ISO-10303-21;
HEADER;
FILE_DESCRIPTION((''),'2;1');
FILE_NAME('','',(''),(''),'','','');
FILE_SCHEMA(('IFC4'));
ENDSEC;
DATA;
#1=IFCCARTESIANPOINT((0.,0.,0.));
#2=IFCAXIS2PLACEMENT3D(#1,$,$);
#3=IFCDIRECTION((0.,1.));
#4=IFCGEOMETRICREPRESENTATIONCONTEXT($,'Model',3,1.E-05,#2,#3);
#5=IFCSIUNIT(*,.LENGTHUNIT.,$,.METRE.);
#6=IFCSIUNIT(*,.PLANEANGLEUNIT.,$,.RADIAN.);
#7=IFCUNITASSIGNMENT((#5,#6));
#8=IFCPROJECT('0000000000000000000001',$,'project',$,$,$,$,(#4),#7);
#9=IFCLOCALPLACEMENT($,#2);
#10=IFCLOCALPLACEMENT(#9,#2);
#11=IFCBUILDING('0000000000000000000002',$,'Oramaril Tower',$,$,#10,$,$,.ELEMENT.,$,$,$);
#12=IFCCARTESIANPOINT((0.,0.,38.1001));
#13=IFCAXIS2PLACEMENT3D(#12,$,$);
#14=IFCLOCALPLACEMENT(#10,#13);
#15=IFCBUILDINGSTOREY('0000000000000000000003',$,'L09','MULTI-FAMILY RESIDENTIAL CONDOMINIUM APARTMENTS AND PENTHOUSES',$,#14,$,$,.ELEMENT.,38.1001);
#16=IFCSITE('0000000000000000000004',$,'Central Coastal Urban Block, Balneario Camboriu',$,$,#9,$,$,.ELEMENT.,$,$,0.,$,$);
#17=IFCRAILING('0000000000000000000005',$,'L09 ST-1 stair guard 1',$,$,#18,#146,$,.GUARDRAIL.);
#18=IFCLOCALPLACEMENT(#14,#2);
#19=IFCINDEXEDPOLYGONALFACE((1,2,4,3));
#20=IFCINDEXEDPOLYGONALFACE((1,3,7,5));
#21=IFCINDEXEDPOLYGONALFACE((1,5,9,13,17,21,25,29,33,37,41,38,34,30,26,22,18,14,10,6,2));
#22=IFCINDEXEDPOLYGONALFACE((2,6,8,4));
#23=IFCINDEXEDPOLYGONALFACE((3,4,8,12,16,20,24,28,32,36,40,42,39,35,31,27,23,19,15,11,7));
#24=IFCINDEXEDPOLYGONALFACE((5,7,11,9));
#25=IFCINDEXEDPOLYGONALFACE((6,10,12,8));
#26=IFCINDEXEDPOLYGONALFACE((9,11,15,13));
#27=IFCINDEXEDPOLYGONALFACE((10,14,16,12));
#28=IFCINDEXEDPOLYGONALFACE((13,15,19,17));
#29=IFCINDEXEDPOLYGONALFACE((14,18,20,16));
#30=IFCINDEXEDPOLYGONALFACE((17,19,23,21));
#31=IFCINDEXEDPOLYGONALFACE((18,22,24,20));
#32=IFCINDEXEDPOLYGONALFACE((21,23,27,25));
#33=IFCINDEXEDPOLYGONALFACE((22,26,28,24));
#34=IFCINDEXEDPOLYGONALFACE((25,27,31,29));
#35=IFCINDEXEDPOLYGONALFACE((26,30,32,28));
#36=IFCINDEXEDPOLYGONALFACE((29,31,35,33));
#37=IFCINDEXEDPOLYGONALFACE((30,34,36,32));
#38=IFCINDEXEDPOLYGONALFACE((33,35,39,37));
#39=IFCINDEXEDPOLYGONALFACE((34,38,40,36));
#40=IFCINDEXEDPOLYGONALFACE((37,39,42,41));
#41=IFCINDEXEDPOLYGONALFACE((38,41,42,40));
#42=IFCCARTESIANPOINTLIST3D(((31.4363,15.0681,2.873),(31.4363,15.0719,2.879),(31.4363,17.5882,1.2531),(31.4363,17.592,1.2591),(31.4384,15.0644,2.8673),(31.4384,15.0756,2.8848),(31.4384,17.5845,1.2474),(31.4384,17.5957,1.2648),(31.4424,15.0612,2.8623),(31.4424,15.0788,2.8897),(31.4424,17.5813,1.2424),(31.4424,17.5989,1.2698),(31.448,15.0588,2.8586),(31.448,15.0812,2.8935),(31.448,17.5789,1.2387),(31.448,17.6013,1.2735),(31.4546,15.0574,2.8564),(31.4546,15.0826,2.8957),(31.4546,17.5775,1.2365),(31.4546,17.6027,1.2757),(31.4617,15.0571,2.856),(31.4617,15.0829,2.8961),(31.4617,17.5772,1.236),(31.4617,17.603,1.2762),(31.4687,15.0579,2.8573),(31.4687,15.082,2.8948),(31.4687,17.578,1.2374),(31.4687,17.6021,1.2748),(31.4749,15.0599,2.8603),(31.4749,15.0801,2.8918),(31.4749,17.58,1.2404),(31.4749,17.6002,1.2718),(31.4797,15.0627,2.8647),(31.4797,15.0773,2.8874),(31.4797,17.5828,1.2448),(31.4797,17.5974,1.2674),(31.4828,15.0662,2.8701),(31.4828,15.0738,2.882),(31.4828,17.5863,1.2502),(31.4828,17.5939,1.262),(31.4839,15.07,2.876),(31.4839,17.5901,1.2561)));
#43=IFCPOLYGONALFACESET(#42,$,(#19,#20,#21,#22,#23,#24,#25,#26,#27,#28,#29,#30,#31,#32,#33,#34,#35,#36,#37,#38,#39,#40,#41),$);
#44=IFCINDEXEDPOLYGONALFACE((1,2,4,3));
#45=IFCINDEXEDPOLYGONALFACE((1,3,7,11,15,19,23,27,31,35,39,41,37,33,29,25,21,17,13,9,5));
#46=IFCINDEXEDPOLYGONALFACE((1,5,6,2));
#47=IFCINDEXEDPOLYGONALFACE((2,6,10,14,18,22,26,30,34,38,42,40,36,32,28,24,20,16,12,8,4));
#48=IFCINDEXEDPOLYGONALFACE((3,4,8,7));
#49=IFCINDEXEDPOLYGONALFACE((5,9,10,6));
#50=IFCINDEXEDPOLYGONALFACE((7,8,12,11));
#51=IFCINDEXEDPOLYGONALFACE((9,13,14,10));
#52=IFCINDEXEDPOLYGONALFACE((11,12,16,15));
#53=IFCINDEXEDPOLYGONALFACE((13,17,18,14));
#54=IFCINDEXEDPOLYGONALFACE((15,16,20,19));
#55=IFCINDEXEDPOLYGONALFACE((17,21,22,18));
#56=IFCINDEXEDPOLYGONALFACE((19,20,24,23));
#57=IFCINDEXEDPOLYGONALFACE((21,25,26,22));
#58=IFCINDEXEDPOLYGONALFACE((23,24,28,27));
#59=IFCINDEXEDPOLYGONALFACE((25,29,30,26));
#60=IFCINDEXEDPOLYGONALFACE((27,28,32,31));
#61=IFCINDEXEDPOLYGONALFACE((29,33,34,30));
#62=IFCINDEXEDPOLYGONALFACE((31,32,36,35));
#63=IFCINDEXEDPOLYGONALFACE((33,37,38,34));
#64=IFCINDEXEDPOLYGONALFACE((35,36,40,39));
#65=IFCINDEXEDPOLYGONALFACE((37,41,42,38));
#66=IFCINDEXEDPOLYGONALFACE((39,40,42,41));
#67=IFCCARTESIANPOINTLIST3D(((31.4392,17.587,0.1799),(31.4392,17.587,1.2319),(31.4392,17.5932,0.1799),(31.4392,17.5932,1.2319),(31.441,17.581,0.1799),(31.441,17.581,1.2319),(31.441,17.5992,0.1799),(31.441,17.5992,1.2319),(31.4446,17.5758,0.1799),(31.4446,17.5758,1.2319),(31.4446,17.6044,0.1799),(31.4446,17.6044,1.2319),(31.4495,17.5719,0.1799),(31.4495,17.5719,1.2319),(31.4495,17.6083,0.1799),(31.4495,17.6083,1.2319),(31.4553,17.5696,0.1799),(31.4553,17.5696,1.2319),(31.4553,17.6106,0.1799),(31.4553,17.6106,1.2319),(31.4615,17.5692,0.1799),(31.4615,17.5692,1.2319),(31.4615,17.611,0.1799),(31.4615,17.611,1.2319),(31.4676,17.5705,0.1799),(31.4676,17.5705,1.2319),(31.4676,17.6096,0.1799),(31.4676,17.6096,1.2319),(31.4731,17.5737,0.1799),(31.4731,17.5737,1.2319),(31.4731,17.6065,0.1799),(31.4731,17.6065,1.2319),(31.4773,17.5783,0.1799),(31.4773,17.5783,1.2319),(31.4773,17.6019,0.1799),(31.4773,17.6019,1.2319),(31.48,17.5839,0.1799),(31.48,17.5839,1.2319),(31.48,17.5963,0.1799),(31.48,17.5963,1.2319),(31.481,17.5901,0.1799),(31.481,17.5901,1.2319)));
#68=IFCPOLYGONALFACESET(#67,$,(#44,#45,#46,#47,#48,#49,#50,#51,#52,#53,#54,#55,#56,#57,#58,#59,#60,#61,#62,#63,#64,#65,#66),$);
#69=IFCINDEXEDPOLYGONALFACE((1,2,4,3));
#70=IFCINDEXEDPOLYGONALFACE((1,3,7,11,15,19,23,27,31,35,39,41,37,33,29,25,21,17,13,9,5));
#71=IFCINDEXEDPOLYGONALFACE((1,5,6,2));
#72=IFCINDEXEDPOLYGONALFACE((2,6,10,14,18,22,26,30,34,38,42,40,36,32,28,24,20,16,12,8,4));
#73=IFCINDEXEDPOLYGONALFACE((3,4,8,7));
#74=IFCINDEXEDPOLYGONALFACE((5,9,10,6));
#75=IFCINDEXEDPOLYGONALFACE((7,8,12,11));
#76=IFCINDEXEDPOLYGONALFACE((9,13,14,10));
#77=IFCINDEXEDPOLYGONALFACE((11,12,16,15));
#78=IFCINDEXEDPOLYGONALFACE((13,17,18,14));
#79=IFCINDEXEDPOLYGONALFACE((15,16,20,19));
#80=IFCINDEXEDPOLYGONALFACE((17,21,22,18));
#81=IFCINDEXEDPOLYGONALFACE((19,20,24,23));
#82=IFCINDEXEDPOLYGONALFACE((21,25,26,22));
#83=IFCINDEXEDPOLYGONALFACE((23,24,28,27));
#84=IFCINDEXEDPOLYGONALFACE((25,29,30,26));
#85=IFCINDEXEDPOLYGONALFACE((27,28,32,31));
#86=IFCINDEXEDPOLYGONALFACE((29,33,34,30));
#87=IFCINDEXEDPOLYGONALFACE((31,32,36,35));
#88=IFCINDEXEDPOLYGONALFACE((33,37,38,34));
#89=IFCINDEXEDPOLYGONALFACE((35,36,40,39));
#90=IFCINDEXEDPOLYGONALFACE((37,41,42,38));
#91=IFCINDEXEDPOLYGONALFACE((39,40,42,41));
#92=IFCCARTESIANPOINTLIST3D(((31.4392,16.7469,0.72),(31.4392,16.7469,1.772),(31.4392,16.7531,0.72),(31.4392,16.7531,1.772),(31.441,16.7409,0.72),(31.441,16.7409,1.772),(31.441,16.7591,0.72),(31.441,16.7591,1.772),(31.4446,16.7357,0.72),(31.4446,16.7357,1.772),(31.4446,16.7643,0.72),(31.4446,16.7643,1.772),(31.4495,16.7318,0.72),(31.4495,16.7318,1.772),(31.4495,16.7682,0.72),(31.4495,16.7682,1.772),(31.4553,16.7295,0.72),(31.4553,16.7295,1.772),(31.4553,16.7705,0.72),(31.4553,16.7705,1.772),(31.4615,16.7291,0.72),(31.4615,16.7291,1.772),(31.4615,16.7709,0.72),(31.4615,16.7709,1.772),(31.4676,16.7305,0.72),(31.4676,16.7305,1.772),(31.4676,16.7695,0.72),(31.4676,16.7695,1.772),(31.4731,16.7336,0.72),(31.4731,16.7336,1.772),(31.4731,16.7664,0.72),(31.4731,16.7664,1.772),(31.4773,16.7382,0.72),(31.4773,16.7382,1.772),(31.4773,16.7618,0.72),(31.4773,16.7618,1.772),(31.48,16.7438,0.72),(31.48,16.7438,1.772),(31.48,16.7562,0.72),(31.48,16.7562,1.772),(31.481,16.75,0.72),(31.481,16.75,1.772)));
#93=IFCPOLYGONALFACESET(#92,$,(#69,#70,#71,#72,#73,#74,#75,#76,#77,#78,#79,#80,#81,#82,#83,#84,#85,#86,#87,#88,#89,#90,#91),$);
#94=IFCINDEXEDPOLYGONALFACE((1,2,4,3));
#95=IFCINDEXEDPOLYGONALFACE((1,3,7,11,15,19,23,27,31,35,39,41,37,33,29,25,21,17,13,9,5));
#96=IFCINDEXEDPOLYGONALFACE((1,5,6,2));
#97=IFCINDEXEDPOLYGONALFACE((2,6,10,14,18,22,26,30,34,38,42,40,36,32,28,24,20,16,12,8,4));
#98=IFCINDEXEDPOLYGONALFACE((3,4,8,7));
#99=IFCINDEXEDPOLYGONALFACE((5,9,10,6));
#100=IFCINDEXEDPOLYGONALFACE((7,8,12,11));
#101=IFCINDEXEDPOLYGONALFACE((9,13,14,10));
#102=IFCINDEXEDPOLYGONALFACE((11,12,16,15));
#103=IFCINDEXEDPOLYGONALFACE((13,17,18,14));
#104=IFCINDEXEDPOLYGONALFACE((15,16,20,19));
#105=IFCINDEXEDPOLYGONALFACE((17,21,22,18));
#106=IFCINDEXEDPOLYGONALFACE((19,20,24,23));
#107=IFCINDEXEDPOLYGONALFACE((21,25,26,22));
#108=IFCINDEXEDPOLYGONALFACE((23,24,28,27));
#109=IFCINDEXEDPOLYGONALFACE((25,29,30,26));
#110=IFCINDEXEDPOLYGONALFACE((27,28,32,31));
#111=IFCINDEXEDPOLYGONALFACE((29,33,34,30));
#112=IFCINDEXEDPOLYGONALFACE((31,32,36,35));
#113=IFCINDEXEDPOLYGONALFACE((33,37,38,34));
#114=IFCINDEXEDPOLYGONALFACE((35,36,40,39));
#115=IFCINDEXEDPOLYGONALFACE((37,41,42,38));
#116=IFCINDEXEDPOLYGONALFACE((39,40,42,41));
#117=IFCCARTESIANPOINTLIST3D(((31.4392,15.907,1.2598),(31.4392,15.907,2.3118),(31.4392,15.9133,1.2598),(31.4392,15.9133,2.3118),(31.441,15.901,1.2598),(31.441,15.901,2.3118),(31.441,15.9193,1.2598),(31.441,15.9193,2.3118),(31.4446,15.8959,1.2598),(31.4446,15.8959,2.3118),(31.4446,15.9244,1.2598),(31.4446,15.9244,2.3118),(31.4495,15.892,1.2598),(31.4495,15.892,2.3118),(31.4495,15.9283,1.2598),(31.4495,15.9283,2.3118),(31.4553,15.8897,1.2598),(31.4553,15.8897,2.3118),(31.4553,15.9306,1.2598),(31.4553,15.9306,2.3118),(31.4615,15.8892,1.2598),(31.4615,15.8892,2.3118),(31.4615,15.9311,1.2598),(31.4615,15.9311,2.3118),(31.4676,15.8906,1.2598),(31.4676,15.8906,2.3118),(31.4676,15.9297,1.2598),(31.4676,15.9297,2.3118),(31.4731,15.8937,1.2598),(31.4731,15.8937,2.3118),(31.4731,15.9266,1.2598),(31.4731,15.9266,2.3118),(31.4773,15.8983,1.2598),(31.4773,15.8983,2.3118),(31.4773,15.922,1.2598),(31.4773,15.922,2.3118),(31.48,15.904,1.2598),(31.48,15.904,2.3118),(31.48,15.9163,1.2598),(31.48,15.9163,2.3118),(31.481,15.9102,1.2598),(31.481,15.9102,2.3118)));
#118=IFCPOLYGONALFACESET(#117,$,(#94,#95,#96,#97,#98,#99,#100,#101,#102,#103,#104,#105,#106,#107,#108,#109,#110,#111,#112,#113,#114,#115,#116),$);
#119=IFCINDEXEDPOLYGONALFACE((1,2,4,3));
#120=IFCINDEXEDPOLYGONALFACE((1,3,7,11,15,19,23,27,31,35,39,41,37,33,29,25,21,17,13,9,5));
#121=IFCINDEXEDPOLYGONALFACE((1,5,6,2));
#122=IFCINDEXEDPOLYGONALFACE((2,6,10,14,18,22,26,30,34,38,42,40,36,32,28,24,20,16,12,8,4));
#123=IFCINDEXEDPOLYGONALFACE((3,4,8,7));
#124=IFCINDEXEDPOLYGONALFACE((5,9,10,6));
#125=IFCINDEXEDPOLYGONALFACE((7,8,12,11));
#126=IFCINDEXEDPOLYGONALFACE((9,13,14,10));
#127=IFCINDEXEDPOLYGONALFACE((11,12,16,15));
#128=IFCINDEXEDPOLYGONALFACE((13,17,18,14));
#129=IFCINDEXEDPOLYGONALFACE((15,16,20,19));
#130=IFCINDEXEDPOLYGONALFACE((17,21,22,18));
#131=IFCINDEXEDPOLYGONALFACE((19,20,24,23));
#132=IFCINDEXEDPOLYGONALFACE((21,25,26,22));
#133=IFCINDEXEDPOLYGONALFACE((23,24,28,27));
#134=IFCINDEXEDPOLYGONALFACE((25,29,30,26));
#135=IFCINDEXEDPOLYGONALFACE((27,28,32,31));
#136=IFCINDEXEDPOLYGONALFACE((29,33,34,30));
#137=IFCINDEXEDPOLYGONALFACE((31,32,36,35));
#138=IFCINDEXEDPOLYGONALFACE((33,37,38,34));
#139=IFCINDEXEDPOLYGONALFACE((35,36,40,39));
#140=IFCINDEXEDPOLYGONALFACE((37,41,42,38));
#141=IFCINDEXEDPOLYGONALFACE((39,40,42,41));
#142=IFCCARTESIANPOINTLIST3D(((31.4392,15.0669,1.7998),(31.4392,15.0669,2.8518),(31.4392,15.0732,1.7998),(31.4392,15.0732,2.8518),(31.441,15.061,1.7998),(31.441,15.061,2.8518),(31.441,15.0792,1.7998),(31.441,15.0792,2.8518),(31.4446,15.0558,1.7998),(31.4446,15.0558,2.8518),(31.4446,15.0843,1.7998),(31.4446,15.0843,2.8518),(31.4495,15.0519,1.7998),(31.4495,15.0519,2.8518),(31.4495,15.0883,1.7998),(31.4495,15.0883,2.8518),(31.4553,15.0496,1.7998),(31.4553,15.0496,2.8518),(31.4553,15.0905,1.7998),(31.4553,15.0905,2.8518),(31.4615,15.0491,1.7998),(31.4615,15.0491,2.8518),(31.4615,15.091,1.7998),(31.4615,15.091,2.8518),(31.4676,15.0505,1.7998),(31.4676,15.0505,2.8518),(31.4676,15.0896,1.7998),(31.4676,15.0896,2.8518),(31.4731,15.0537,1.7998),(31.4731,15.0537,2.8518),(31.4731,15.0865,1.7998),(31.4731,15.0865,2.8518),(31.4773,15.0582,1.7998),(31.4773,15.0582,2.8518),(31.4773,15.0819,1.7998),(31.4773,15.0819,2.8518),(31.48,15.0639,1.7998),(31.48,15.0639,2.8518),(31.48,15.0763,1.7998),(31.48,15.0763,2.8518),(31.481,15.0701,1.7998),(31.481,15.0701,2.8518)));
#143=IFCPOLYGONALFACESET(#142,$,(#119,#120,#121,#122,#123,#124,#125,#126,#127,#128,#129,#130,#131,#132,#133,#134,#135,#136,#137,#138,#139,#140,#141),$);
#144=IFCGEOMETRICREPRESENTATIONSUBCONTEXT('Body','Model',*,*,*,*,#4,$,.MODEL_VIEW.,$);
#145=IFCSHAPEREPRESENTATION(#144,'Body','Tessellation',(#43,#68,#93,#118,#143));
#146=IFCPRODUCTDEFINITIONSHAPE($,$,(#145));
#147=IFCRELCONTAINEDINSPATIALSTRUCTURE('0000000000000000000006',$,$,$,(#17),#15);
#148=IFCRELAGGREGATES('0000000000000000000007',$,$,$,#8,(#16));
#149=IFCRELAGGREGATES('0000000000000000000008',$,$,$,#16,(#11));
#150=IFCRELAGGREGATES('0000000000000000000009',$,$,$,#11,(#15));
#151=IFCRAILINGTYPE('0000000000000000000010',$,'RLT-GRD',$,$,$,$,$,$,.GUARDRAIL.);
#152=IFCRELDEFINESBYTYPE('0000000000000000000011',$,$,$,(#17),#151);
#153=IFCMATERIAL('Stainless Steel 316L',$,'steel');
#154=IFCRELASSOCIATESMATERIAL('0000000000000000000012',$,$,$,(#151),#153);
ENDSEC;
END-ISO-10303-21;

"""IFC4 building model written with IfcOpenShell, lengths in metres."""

from ifc_helpers import new_model, si_unit, direction, frame, origin, origin_2d, place, context, subcontext, project, spatial, circle, extrude, material, type_object, element, save


model = new_model("IFC4")

# Units and contexts
model_context = context("Model", 3, precision=1e-05, world=origin(), true_north=direction((0.0, 1.0)))
body_context = subcontext(model_context, "Body", "Model", "MODEL_VIEW")
ifc_project = project(units=[si_unit("LENGTHUNIT", "METRE"), si_unit("PLANEANGLEUNIT", "RADIAN")], contexts=[model_context])

# Site, building, storey
site_placement = place(None, origin())
site = spatial("IfcSite", under=ifc_project, at=site_placement, Name="Central Coastal Urban Block, Balneario Camboriu", CompositionType="ELEMENT", RefElevation=0.0)
building_placement = place(site_placement, origin())
building = spatial("IfcBuilding", under=site, at=building_placement, Name="Oramaril Tower", CompositionType="ELEMENT")
storey_placement = place(building_placement, frame((0.0, 0.0, 38.1001)))
storey = spatial("IfcBuildingStorey", under=building, at=storey_placement, Name="L09", Description="MULTI-FAMILY RESIDENTIAL CONDOMINIUM APARTMENTS AND PENTHOUSES", CompositionType="ELEMENT", Elevation=38.1001)

# Railing
ifc_material_1 = material(Name="Stainless Steel 316L", Category="steel")
railing_type_1 = type_object("IfcRailingType", Name="RLT-GRD", PredefinedType="GUARDRAIL", material=ifc_material_1)
railing_1_placement = place(storey_placement, frame((31.46, 17.5901, 0.1799)))
element("IfcRailing", 1, at=railing_1_placement, inside=storey, type_object=railing_type_1, Name="L09 ST-1 stair guard 1", PredefinedType="GUARDRAIL", context=body_context, shape_type="SweptSolid", body=[
    extrude(circle(Radius=0.0239, at=origin_2d()), frame((0.0, 0.0, 1.0762), z_axis=(0.0, -0.8412, 0.540725), x_axis=(1.0, 0.0, 0.0)), (0.0, 0.0, 1.0), 2.9958),
    extrude(circle(Radius=0.021, at=origin_2d()), origin(), (0.0, 0.0, 1.0), 1.052),
    extrude(circle(Radius=0.021, at=origin_2d()), frame((0.0, -0.8401, 0.54)), (0.0, 0.0, 1.0), 1.052),
    extrude(circle(Radius=0.021, at=origin_2d()), frame((0.0, -1.6799, 1.0798)), (0.0, 0.0, 1.0), 1.052),
    extrude(circle(Radius=0.021, at=origin_2d()), frame((0.0, -2.52, 1.6199)), (0.0, 0.0, 1.0), 1.052),
])

save(model, "model.ifc")
